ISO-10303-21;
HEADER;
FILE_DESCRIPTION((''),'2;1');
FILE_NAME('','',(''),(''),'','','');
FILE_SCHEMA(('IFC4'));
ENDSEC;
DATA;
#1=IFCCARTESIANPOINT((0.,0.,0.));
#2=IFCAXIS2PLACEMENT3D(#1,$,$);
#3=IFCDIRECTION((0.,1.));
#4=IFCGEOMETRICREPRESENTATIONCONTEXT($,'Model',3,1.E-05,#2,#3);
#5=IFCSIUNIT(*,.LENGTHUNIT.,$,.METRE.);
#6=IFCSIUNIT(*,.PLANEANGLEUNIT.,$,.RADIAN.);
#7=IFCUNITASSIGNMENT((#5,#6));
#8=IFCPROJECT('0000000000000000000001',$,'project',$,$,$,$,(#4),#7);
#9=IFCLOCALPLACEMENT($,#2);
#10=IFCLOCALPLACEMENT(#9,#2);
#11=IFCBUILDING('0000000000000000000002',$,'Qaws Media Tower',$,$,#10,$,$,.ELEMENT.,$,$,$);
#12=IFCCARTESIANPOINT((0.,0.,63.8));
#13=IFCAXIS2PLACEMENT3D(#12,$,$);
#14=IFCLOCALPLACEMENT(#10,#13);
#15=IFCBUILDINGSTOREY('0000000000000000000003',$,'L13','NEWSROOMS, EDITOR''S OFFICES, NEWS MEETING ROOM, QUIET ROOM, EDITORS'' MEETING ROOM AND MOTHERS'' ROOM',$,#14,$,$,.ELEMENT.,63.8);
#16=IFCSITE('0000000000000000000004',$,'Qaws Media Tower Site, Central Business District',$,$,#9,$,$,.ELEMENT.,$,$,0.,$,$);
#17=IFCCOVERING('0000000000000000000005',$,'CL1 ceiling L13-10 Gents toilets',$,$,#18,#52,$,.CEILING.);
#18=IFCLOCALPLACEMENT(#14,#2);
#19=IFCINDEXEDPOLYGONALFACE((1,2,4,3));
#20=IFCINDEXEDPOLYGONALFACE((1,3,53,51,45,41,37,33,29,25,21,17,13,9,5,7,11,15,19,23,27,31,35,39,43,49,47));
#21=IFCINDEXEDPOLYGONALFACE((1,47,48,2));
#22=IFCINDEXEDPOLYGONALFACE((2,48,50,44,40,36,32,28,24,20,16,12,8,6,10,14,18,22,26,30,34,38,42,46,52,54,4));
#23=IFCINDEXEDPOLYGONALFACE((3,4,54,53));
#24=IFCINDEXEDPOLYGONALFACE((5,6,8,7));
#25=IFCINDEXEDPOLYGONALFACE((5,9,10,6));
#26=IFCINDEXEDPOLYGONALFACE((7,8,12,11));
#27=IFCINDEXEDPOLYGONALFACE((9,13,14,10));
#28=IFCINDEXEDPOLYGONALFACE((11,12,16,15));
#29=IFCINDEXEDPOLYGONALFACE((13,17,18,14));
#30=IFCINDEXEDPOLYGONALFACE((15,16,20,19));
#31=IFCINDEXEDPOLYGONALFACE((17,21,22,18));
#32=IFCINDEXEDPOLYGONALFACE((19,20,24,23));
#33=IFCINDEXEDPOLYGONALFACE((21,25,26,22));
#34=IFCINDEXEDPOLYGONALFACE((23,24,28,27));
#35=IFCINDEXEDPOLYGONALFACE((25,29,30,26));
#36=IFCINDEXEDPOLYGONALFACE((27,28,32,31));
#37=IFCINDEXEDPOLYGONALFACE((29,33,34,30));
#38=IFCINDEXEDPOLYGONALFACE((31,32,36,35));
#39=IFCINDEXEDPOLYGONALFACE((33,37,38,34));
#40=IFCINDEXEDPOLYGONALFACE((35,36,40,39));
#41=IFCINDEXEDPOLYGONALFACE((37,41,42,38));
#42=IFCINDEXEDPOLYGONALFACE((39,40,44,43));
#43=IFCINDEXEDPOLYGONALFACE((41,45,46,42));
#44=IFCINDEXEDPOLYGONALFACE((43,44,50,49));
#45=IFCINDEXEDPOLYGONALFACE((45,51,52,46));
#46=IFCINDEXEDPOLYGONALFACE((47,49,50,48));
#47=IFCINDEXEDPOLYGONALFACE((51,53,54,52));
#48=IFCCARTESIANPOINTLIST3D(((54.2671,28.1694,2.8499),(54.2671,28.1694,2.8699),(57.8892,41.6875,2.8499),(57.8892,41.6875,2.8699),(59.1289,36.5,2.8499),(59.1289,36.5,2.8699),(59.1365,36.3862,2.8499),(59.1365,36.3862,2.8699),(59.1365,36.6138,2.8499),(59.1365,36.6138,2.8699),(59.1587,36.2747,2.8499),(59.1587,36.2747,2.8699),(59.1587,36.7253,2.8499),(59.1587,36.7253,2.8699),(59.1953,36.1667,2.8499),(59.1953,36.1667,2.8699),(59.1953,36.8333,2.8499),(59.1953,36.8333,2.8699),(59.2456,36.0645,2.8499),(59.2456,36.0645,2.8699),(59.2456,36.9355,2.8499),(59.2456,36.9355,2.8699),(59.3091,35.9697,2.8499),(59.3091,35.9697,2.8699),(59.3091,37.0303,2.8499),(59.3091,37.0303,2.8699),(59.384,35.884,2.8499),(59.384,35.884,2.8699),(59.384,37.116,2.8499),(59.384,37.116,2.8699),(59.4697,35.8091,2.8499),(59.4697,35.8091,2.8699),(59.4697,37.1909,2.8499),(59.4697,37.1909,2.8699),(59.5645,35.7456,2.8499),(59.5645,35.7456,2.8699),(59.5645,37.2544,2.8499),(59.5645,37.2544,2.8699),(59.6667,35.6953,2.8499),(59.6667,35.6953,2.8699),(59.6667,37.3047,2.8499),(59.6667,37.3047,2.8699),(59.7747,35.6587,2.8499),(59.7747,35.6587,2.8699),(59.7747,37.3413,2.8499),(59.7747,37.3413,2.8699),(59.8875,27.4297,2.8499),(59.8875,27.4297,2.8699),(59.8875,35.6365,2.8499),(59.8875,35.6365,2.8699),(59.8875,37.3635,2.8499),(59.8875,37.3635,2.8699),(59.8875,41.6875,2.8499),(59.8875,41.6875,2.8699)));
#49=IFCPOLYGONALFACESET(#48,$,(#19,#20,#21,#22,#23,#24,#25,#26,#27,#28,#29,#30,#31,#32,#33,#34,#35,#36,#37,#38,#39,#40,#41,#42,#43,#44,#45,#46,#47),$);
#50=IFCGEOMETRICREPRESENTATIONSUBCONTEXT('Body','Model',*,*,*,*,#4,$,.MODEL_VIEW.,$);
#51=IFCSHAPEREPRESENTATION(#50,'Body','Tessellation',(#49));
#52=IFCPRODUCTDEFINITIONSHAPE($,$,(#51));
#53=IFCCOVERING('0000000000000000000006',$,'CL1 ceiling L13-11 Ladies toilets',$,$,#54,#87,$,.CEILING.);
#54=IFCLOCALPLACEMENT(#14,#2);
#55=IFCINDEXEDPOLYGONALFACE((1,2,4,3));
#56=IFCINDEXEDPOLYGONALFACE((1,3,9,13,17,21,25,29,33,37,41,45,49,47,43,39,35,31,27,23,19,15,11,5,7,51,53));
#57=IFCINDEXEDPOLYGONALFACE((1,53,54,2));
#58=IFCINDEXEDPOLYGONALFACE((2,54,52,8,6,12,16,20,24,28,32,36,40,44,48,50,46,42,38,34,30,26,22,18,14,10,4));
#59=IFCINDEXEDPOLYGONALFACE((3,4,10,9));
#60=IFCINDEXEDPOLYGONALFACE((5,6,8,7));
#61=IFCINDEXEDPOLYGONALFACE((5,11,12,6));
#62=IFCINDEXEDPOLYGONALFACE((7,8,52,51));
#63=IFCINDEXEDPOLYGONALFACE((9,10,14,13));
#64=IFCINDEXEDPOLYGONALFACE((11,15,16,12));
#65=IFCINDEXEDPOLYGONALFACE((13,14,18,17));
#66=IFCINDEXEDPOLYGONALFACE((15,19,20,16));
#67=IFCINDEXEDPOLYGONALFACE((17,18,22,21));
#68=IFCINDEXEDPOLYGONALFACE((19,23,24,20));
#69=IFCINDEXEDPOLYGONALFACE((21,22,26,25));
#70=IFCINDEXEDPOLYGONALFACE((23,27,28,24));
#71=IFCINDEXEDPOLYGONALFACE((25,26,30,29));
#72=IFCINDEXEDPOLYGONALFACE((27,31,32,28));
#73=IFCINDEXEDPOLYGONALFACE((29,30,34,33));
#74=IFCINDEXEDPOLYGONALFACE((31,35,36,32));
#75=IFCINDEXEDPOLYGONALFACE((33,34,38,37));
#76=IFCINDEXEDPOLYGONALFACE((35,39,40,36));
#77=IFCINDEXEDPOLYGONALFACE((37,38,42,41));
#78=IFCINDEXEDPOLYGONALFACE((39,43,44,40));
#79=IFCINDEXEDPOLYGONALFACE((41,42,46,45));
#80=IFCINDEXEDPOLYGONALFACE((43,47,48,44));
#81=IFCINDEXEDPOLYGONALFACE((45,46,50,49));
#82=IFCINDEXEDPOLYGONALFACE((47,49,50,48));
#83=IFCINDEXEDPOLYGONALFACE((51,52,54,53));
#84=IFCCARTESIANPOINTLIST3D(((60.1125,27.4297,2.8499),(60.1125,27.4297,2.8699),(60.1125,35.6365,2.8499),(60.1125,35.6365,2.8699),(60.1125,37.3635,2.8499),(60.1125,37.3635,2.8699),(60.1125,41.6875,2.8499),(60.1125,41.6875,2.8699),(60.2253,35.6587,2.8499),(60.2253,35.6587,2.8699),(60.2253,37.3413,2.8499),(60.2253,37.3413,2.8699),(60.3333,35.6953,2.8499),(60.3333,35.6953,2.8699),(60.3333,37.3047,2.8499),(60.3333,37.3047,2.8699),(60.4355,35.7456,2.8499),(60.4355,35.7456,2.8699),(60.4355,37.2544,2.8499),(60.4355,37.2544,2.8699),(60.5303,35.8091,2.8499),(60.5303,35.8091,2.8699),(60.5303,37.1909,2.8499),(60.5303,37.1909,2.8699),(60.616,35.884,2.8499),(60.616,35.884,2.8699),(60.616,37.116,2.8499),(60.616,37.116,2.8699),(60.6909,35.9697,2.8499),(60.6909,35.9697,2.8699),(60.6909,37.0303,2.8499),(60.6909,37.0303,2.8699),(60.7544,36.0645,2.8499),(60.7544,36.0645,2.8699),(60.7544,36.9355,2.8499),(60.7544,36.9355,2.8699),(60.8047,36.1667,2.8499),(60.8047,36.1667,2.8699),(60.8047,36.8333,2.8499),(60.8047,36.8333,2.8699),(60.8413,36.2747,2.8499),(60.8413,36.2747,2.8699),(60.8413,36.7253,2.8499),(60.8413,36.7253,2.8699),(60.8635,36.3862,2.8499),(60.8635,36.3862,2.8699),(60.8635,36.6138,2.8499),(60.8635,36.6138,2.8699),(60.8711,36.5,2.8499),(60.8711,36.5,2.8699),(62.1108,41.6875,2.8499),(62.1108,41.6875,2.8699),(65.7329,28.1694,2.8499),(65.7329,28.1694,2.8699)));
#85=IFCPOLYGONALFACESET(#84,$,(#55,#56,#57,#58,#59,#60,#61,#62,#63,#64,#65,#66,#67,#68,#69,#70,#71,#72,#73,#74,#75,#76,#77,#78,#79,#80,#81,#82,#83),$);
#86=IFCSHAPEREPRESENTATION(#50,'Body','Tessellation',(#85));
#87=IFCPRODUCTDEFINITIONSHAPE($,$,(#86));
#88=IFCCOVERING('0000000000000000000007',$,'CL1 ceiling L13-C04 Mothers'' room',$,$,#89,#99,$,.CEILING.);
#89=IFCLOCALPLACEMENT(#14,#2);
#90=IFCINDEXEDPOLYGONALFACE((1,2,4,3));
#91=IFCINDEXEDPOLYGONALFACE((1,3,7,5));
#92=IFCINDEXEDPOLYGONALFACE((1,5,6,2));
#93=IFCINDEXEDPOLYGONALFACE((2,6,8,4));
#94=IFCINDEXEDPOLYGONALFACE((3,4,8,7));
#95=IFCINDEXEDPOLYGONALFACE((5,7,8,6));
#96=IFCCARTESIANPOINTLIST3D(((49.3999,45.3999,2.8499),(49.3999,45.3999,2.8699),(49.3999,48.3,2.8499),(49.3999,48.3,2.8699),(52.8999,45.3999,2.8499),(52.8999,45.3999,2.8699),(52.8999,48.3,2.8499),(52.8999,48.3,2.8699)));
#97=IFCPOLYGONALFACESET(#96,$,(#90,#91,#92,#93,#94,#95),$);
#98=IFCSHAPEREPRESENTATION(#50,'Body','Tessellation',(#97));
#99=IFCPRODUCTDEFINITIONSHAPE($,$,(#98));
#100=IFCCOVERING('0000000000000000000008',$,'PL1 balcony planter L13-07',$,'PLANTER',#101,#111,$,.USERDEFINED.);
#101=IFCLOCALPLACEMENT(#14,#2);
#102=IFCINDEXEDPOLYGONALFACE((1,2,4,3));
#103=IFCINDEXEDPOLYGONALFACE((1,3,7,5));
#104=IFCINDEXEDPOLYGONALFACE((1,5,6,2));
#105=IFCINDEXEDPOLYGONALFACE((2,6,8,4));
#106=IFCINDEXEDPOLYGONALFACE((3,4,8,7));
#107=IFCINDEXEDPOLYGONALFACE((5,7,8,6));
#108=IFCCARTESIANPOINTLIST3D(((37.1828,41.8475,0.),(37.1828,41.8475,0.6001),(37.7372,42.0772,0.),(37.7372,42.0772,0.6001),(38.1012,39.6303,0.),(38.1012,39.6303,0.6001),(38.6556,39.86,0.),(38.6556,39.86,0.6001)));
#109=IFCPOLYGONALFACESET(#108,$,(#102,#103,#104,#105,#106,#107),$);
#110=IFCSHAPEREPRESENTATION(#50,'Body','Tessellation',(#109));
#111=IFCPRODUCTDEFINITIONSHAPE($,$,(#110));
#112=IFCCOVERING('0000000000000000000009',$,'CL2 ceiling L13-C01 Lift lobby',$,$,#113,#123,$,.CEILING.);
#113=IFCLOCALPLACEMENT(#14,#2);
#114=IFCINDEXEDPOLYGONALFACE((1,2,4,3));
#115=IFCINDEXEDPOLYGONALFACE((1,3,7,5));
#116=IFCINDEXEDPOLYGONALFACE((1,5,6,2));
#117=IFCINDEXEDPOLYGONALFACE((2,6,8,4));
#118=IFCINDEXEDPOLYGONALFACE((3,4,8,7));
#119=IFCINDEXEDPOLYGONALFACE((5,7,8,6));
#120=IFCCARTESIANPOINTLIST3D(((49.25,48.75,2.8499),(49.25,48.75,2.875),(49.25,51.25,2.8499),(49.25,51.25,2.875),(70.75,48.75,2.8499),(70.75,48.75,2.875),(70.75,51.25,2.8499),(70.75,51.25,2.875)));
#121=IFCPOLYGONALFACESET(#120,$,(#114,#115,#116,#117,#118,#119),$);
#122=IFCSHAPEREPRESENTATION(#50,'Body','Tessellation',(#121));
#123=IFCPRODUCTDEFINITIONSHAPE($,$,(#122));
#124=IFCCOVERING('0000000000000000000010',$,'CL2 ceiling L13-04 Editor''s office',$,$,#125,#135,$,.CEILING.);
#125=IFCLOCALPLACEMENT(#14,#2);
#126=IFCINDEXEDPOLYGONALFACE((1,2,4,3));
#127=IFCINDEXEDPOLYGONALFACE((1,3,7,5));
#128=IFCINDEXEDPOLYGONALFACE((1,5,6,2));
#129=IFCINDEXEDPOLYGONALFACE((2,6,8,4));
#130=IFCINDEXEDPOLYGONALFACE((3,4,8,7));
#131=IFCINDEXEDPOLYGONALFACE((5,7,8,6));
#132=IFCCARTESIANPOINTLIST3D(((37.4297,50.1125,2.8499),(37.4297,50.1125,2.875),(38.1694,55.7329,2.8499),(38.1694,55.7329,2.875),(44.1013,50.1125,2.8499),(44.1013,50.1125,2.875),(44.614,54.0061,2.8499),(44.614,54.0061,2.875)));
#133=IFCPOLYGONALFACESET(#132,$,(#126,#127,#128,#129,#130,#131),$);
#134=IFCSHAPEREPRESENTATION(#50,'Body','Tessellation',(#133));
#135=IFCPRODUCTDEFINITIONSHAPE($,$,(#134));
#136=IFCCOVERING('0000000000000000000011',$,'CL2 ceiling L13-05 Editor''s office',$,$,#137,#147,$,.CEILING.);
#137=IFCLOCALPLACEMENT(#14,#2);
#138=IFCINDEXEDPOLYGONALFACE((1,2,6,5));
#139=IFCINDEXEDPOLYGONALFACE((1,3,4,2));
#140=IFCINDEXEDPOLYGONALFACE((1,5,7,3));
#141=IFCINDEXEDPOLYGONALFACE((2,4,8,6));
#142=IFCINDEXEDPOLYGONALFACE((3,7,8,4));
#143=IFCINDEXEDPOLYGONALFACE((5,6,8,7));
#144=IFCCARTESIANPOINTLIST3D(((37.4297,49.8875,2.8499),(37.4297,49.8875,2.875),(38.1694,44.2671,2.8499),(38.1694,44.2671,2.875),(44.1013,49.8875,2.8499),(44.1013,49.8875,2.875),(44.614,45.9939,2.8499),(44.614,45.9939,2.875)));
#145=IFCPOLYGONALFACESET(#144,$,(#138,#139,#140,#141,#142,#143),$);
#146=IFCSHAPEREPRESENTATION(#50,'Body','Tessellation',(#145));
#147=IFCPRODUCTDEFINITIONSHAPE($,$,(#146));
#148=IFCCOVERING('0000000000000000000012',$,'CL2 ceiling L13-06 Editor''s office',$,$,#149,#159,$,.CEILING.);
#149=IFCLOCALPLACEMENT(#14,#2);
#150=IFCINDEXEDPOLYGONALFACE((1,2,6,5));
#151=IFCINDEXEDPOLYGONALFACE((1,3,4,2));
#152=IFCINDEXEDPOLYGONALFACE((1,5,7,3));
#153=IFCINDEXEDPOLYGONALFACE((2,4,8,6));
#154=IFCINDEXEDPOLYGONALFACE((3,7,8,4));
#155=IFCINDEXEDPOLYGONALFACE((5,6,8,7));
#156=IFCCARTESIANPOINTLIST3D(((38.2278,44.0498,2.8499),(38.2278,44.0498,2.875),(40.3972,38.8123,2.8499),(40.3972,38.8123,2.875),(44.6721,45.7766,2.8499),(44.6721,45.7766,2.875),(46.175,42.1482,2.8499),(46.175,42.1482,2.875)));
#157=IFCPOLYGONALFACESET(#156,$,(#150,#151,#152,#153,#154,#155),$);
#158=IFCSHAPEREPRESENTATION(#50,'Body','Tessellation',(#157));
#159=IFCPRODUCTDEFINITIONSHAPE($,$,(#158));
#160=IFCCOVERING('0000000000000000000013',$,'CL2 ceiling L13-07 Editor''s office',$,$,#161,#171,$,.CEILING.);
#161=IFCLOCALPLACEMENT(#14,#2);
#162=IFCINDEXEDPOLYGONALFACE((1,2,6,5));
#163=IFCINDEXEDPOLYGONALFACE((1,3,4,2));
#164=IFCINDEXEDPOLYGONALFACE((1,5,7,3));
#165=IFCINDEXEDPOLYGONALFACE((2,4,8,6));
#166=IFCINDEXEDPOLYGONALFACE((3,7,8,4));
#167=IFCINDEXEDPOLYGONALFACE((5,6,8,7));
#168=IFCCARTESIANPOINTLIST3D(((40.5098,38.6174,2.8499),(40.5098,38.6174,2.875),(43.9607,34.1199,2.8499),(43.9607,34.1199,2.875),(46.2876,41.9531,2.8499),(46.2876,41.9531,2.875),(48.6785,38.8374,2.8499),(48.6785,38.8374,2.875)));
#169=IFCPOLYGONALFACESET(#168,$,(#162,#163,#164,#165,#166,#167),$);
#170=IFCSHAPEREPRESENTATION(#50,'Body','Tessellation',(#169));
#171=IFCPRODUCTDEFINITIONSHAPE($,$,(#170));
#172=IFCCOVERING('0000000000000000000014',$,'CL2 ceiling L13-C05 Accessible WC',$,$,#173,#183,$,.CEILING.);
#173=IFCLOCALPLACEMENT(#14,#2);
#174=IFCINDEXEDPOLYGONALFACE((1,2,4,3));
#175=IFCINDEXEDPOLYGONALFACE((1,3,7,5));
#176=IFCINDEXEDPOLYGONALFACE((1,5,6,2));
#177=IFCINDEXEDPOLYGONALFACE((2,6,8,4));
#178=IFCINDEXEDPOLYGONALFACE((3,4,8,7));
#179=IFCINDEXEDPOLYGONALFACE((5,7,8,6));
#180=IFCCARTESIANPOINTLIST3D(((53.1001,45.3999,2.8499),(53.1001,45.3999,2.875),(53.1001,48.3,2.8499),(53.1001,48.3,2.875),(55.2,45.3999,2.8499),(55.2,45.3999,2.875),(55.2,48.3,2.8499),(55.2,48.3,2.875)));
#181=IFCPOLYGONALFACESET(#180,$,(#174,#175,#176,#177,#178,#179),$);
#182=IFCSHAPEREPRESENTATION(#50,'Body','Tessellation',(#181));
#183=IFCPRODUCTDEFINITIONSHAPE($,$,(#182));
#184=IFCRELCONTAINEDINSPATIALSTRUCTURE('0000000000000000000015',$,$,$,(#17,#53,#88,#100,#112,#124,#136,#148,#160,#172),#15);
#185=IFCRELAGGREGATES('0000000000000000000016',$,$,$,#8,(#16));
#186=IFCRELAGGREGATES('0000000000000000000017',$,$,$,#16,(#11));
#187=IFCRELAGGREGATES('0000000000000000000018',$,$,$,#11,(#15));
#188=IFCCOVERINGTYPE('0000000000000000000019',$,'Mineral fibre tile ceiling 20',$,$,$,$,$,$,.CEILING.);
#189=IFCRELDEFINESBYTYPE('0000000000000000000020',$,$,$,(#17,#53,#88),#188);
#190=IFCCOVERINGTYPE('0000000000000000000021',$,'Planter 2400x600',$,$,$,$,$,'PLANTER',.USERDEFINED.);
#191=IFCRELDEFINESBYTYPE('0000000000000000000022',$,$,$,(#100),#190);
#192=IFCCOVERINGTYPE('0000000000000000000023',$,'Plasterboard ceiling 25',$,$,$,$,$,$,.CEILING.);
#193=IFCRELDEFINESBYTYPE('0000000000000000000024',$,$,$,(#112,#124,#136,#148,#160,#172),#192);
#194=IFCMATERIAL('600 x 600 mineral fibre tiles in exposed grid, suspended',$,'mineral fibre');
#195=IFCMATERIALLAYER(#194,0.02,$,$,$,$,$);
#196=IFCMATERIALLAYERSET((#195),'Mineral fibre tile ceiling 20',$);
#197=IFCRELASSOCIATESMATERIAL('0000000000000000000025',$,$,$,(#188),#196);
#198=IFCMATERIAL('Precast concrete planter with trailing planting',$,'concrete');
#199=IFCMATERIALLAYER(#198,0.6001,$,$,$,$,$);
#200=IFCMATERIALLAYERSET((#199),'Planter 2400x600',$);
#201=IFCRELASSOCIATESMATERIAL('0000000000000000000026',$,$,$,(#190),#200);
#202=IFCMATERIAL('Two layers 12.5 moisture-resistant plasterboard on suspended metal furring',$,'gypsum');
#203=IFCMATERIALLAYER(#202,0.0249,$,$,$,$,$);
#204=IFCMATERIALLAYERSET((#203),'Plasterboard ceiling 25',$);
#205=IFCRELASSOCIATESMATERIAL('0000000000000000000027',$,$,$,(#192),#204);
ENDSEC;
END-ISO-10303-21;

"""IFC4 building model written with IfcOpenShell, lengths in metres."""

from ifc_helpers import new_model, si_unit, direction, frame, origin, origin_2d, place, context, subcontext, project, spatial, polyline, rectangle, outline, extrude, material, layer, layer_set, type_object, element, save


model = new_model("IFC4")

# Units and contexts
model_context = context("Model", 3, precision=1e-05, world=origin(), true_north=direction((0.0, 1.0)))
body_context = subcontext(model_context, "Body", "Model", "MODEL_VIEW")
ifc_project = project(units=[si_unit("LENGTHUNIT", "METRE"), si_unit("PLANEANGLEUNIT", "RADIAN")], contexts=[model_context])

# Site, building, storey
site_placement = place(None, origin())
site = spatial("IfcSite", under=ifc_project, at=site_placement, Name="Qaws Media Tower Site, Central Business District", CompositionType="ELEMENT", RefElevation=0.0)
building_placement = place(site_placement, origin())
building = spatial("IfcBuilding", under=site, at=building_placement, Name="Qaws Media Tower", CompositionType="ELEMENT")
storey_placement = place(building_placement, frame((0.0, 0.0, 63.8)))
storey = spatial("IfcBuildingStorey", under=building, at=storey_placement, Name="L13", Description="NEWSROOMS, EDITOR'S OFFICES, NEWS MEETING ROOM, QUIET ROOM, EDITORS' MEETING ROOM AND MOTHERS' ROOM", CompositionType="ELEMENT", Elevation=63.8)

# Coverings
ifc_material_1 = material(Name="600 x 600 mineral fibre tiles in exposed grid, suspended", Category="mineral fibre")
ifc_layer_1 = layer(ifc_material_1, 0.02)
ifc_layer_set_1 = layer_set([ifc_layer_1], Name="Mineral fibre tile ceiling 20")
covering_type_1 = type_object("IfcCoveringType", Name="Mineral fibre tile ceiling 20", PredefinedType="CEILING", material=ifc_layer_set_1)
covering_1_placement = place(storey_placement, frame((0.0, 0.0, 2.8499)))
element("IfcCovering", 1, at=covering_1_placement, inside=storey, type_object=covering_type_1, Name="CL1 ceiling L13-10 Gents toilets", PredefinedType="CEILING", context=body_context, shape_type="SweptSolid", body=[
    extrude(outline(polyline([(54.2671, 28.1694), (57.8892, 41.6875), (59.8875, 41.6875), (59.8875, 37.3635), (59.7747, 37.3413), (59.6667, 37.3047), (59.5645, 37.2544), (59.4697, 37.1909), (59.384, 37.116), (59.3091, 37.0303), (59.2456, 36.9355), (59.1953, 36.8333), (59.1587, 36.7253), (59.1365, 36.6138), (59.1289, 36.5), (59.1365, 36.3862), (59.1587, 36.2747), (59.1953, 36.1667), (59.2456, 36.0645), (59.3091, 35.9697), (59.384, 35.884), (59.4697, 35.8091), (59.5645, 35.7456), (59.6667, 35.6953), (59.7747, 35.6587), (59.8875, 35.6365), (59.8875, 27.4297), (54.2671, 28.1694)])), origin(), (0.0, 0.0, 1.0), 0.02),
])
covering_2_placement = place(storey_placement, frame((0.0, 0.0, 2.8499)))
element("IfcCovering", 2, at=covering_2_placement, inside=storey, type_object=covering_type_1, Name="CL1 ceiling L13-11 Ladies toilets", PredefinedType="CEILING", context=body_context, shape_type="SweptSolid", body=[
    extrude(outline(polyline([(60.1125, 27.4297), (60.1125, 35.6365), (60.2253, 35.6587), (60.3333, 35.6953), (60.4355, 35.7456), (60.5303, 35.8091), (60.616, 35.884), (60.6909, 35.9697), (60.7544, 36.0645), (60.8047, 36.1667), (60.8413, 36.2747), (60.8635, 36.3862), (60.8711, 36.5), (60.8635, 36.6138), (60.8413, 36.7253), (60.8047, 36.8333), (60.7544, 36.9355), (60.6909, 37.0303), (60.616, 37.116), (60.5303, 37.1909), (60.4355, 37.2544), (60.3333, 37.3047), (60.2253, 37.3413), (60.1125, 37.3635), (60.1125, 41.6875), (62.1108, 41.6875), (65.7329, 28.1694), (60.1125, 27.4297)])), origin(), (0.0, 0.0, 1.0), 0.02),
])
covering_3_placement = place(storey_placement, frame((0.0, 0.0, 2.8499)))
element("IfcCovering", 3, at=covering_3_placement, inside=storey, type_object=covering_type_1, Name="CL1 ceiling L13-C04 Mothers' room", PredefinedType="CEILING", context=body_context, shape_type="SweptSolid", body=[
    extrude(outline(polyline([(49.3999, 45.3999), (49.3999, 48.3), (52.8999, 48.3), (52.8999, 45.3999), (49.3999, 45.3999)])), origin(), (0.0, 0.0, 1.0), 0.02),
])
ifc_material_2 = material(Name="Precast concrete planter with trailing planting", Category="concrete")
ifc_layer_2 = layer(ifc_material_2, 0.6001)
ifc_layer_set_2 = layer_set([ifc_layer_2], Name="Planter 2400x600")
covering_type_2 = type_object("IfcCoveringType", Name="Planter 2400x600", ElementType="PLANTER", PredefinedType="USERDEFINED", material=ifc_layer_set_2)
covering_4_placement = place(storey_placement, frame((37.9192, 40.8538, 0.0), z_axis=(0.0, 0.0, 1.0), x_axis=(0.382683, -0.92388, 0.0)))
element("IfcCovering", 4, at=covering_4_placement, inside=storey, type_object=covering_type_2, Name="PL1 balcony planter L13-07", ObjectType="PLANTER", PredefinedType="USERDEFINED", context=body_context, shape_type="SweptSolid", body=[
    extrude(rectangle(XDim=2.3999, YDim=0.6001, at=origin_2d()), origin(), (0.0, 0.0, 1.0), 0.6001),
])
ifc_material_3 = material(Name="Two layers 12.5 moisture-resistant plasterboard on suspended metal furring", Category="gypsum")
ifc_layer_3 = layer(ifc_material_3, 0.0249)
ifc_layer_set_3 = layer_set([ifc_layer_3], Name="Plasterboard ceiling 25")
covering_type_3 = type_object("IfcCoveringType", Name="Plasterboard ceiling 25", PredefinedType="CEILING", material=ifc_layer_set_3)
covering_5_placement = place(storey_placement, frame((0.0, 0.0, 2.8499)))
element("IfcCovering", 5, at=covering_5_placement, inside=storey, type_object=covering_type_3, Name="CL2 ceiling L13-C01 Lift lobby", PredefinedType="CEILING", context=body_context, shape_type="SweptSolid", body=[
    extrude(outline(polyline([(49.25, 48.75), (49.25, 51.25), (70.75, 51.25), (70.75, 48.75), (49.25, 48.75)])), origin(), (0.0, 0.0, 1.0), 0.0251),
])
covering_6_placement = place(storey_placement, frame((0.0, 0.0, 2.8499)))
element("IfcCovering", 6, at=covering_6_placement, inside=storey, type_object=covering_type_3, Name="CL2 ceiling L13-04 Editor's office", PredefinedType="CEILING", context=body_context, shape_type="SweptSolid", body=[
    extrude(outline(polyline([(38.1694, 55.7329), (44.614, 54.0061), (44.1013, 50.1125), (37.4297, 50.1125), (38.1694, 55.7329)])), origin(), (0.0, 0.0, 1.0), 0.0251),
])
covering_7_placement = place(storey_placement, frame((0.0, 0.0, 2.8499)))
element("IfcCovering", 7, at=covering_7_placement, inside=storey, type_object=covering_type_3, Name="CL2 ceiling L13-05 Editor's office", PredefinedType="CEILING", context=body_context, shape_type="SweptSolid", body=[
    extrude(outline(polyline([(37.4297, 49.8875), (44.1013, 49.8875), (44.614, 45.9939), (38.1694, 44.2671), (37.4297, 49.8875)])), origin(), (0.0, 0.0, 1.0), 0.0251),
])
covering_8_placement = place(storey_placement, frame((0.0, 0.0, 2.8499)))
element("IfcCovering", 8, at=covering_8_placement, inside=storey, type_object=covering_type_3, Name="CL2 ceiling L13-06 Editor's office", PredefinedType="CEILING", context=body_context, shape_type="SweptSolid", body=[
    extrude(outline(polyline([(38.2278, 44.0498), (44.6721, 45.7766), (46.175, 42.1482), (40.3972, 38.8123), (38.2278, 44.0498)])), origin(), (0.0, 0.0, 1.0), 0.0251),
])
covering_9_placement = place(storey_placement, frame((0.0, 0.0, 2.8499)))
element("IfcCovering", 9, at=covering_9_placement, inside=storey, type_object=covering_type_3, Name="CL2 ceiling L13-07 Editor's office", PredefinedType="CEILING", context=body_context, shape_type="SweptSolid", body=[
    extrude(outline(polyline([(40.5098, 38.6174), (46.2876, 41.9531), (48.6785, 38.8374), (43.9607, 34.1199), (40.5098, 38.6174)])), origin(), (0.0, 0.0, 1.0), 0.0251),
])
covering_10_placement = place(storey_placement, frame((0.0, 0.0, 2.8499)))
element("IfcCovering", 10, at=covering_10_placement, inside=storey, type_object=covering_type_3, Name="CL2 ceiling L13-C05 Accessible WC", PredefinedType="CEILING", context=body_context, shape_type="SweptSolid", body=[
    extrude(outline(polyline([(53.1001, 45.3999), (53.1001, 48.3), (55.2, 48.3), (55.2, 45.3999), (53.1001, 45.3999)])), origin(), (0.0, 0.0, 1.0), 0.0251),
])

save(model, "model.ifc")
